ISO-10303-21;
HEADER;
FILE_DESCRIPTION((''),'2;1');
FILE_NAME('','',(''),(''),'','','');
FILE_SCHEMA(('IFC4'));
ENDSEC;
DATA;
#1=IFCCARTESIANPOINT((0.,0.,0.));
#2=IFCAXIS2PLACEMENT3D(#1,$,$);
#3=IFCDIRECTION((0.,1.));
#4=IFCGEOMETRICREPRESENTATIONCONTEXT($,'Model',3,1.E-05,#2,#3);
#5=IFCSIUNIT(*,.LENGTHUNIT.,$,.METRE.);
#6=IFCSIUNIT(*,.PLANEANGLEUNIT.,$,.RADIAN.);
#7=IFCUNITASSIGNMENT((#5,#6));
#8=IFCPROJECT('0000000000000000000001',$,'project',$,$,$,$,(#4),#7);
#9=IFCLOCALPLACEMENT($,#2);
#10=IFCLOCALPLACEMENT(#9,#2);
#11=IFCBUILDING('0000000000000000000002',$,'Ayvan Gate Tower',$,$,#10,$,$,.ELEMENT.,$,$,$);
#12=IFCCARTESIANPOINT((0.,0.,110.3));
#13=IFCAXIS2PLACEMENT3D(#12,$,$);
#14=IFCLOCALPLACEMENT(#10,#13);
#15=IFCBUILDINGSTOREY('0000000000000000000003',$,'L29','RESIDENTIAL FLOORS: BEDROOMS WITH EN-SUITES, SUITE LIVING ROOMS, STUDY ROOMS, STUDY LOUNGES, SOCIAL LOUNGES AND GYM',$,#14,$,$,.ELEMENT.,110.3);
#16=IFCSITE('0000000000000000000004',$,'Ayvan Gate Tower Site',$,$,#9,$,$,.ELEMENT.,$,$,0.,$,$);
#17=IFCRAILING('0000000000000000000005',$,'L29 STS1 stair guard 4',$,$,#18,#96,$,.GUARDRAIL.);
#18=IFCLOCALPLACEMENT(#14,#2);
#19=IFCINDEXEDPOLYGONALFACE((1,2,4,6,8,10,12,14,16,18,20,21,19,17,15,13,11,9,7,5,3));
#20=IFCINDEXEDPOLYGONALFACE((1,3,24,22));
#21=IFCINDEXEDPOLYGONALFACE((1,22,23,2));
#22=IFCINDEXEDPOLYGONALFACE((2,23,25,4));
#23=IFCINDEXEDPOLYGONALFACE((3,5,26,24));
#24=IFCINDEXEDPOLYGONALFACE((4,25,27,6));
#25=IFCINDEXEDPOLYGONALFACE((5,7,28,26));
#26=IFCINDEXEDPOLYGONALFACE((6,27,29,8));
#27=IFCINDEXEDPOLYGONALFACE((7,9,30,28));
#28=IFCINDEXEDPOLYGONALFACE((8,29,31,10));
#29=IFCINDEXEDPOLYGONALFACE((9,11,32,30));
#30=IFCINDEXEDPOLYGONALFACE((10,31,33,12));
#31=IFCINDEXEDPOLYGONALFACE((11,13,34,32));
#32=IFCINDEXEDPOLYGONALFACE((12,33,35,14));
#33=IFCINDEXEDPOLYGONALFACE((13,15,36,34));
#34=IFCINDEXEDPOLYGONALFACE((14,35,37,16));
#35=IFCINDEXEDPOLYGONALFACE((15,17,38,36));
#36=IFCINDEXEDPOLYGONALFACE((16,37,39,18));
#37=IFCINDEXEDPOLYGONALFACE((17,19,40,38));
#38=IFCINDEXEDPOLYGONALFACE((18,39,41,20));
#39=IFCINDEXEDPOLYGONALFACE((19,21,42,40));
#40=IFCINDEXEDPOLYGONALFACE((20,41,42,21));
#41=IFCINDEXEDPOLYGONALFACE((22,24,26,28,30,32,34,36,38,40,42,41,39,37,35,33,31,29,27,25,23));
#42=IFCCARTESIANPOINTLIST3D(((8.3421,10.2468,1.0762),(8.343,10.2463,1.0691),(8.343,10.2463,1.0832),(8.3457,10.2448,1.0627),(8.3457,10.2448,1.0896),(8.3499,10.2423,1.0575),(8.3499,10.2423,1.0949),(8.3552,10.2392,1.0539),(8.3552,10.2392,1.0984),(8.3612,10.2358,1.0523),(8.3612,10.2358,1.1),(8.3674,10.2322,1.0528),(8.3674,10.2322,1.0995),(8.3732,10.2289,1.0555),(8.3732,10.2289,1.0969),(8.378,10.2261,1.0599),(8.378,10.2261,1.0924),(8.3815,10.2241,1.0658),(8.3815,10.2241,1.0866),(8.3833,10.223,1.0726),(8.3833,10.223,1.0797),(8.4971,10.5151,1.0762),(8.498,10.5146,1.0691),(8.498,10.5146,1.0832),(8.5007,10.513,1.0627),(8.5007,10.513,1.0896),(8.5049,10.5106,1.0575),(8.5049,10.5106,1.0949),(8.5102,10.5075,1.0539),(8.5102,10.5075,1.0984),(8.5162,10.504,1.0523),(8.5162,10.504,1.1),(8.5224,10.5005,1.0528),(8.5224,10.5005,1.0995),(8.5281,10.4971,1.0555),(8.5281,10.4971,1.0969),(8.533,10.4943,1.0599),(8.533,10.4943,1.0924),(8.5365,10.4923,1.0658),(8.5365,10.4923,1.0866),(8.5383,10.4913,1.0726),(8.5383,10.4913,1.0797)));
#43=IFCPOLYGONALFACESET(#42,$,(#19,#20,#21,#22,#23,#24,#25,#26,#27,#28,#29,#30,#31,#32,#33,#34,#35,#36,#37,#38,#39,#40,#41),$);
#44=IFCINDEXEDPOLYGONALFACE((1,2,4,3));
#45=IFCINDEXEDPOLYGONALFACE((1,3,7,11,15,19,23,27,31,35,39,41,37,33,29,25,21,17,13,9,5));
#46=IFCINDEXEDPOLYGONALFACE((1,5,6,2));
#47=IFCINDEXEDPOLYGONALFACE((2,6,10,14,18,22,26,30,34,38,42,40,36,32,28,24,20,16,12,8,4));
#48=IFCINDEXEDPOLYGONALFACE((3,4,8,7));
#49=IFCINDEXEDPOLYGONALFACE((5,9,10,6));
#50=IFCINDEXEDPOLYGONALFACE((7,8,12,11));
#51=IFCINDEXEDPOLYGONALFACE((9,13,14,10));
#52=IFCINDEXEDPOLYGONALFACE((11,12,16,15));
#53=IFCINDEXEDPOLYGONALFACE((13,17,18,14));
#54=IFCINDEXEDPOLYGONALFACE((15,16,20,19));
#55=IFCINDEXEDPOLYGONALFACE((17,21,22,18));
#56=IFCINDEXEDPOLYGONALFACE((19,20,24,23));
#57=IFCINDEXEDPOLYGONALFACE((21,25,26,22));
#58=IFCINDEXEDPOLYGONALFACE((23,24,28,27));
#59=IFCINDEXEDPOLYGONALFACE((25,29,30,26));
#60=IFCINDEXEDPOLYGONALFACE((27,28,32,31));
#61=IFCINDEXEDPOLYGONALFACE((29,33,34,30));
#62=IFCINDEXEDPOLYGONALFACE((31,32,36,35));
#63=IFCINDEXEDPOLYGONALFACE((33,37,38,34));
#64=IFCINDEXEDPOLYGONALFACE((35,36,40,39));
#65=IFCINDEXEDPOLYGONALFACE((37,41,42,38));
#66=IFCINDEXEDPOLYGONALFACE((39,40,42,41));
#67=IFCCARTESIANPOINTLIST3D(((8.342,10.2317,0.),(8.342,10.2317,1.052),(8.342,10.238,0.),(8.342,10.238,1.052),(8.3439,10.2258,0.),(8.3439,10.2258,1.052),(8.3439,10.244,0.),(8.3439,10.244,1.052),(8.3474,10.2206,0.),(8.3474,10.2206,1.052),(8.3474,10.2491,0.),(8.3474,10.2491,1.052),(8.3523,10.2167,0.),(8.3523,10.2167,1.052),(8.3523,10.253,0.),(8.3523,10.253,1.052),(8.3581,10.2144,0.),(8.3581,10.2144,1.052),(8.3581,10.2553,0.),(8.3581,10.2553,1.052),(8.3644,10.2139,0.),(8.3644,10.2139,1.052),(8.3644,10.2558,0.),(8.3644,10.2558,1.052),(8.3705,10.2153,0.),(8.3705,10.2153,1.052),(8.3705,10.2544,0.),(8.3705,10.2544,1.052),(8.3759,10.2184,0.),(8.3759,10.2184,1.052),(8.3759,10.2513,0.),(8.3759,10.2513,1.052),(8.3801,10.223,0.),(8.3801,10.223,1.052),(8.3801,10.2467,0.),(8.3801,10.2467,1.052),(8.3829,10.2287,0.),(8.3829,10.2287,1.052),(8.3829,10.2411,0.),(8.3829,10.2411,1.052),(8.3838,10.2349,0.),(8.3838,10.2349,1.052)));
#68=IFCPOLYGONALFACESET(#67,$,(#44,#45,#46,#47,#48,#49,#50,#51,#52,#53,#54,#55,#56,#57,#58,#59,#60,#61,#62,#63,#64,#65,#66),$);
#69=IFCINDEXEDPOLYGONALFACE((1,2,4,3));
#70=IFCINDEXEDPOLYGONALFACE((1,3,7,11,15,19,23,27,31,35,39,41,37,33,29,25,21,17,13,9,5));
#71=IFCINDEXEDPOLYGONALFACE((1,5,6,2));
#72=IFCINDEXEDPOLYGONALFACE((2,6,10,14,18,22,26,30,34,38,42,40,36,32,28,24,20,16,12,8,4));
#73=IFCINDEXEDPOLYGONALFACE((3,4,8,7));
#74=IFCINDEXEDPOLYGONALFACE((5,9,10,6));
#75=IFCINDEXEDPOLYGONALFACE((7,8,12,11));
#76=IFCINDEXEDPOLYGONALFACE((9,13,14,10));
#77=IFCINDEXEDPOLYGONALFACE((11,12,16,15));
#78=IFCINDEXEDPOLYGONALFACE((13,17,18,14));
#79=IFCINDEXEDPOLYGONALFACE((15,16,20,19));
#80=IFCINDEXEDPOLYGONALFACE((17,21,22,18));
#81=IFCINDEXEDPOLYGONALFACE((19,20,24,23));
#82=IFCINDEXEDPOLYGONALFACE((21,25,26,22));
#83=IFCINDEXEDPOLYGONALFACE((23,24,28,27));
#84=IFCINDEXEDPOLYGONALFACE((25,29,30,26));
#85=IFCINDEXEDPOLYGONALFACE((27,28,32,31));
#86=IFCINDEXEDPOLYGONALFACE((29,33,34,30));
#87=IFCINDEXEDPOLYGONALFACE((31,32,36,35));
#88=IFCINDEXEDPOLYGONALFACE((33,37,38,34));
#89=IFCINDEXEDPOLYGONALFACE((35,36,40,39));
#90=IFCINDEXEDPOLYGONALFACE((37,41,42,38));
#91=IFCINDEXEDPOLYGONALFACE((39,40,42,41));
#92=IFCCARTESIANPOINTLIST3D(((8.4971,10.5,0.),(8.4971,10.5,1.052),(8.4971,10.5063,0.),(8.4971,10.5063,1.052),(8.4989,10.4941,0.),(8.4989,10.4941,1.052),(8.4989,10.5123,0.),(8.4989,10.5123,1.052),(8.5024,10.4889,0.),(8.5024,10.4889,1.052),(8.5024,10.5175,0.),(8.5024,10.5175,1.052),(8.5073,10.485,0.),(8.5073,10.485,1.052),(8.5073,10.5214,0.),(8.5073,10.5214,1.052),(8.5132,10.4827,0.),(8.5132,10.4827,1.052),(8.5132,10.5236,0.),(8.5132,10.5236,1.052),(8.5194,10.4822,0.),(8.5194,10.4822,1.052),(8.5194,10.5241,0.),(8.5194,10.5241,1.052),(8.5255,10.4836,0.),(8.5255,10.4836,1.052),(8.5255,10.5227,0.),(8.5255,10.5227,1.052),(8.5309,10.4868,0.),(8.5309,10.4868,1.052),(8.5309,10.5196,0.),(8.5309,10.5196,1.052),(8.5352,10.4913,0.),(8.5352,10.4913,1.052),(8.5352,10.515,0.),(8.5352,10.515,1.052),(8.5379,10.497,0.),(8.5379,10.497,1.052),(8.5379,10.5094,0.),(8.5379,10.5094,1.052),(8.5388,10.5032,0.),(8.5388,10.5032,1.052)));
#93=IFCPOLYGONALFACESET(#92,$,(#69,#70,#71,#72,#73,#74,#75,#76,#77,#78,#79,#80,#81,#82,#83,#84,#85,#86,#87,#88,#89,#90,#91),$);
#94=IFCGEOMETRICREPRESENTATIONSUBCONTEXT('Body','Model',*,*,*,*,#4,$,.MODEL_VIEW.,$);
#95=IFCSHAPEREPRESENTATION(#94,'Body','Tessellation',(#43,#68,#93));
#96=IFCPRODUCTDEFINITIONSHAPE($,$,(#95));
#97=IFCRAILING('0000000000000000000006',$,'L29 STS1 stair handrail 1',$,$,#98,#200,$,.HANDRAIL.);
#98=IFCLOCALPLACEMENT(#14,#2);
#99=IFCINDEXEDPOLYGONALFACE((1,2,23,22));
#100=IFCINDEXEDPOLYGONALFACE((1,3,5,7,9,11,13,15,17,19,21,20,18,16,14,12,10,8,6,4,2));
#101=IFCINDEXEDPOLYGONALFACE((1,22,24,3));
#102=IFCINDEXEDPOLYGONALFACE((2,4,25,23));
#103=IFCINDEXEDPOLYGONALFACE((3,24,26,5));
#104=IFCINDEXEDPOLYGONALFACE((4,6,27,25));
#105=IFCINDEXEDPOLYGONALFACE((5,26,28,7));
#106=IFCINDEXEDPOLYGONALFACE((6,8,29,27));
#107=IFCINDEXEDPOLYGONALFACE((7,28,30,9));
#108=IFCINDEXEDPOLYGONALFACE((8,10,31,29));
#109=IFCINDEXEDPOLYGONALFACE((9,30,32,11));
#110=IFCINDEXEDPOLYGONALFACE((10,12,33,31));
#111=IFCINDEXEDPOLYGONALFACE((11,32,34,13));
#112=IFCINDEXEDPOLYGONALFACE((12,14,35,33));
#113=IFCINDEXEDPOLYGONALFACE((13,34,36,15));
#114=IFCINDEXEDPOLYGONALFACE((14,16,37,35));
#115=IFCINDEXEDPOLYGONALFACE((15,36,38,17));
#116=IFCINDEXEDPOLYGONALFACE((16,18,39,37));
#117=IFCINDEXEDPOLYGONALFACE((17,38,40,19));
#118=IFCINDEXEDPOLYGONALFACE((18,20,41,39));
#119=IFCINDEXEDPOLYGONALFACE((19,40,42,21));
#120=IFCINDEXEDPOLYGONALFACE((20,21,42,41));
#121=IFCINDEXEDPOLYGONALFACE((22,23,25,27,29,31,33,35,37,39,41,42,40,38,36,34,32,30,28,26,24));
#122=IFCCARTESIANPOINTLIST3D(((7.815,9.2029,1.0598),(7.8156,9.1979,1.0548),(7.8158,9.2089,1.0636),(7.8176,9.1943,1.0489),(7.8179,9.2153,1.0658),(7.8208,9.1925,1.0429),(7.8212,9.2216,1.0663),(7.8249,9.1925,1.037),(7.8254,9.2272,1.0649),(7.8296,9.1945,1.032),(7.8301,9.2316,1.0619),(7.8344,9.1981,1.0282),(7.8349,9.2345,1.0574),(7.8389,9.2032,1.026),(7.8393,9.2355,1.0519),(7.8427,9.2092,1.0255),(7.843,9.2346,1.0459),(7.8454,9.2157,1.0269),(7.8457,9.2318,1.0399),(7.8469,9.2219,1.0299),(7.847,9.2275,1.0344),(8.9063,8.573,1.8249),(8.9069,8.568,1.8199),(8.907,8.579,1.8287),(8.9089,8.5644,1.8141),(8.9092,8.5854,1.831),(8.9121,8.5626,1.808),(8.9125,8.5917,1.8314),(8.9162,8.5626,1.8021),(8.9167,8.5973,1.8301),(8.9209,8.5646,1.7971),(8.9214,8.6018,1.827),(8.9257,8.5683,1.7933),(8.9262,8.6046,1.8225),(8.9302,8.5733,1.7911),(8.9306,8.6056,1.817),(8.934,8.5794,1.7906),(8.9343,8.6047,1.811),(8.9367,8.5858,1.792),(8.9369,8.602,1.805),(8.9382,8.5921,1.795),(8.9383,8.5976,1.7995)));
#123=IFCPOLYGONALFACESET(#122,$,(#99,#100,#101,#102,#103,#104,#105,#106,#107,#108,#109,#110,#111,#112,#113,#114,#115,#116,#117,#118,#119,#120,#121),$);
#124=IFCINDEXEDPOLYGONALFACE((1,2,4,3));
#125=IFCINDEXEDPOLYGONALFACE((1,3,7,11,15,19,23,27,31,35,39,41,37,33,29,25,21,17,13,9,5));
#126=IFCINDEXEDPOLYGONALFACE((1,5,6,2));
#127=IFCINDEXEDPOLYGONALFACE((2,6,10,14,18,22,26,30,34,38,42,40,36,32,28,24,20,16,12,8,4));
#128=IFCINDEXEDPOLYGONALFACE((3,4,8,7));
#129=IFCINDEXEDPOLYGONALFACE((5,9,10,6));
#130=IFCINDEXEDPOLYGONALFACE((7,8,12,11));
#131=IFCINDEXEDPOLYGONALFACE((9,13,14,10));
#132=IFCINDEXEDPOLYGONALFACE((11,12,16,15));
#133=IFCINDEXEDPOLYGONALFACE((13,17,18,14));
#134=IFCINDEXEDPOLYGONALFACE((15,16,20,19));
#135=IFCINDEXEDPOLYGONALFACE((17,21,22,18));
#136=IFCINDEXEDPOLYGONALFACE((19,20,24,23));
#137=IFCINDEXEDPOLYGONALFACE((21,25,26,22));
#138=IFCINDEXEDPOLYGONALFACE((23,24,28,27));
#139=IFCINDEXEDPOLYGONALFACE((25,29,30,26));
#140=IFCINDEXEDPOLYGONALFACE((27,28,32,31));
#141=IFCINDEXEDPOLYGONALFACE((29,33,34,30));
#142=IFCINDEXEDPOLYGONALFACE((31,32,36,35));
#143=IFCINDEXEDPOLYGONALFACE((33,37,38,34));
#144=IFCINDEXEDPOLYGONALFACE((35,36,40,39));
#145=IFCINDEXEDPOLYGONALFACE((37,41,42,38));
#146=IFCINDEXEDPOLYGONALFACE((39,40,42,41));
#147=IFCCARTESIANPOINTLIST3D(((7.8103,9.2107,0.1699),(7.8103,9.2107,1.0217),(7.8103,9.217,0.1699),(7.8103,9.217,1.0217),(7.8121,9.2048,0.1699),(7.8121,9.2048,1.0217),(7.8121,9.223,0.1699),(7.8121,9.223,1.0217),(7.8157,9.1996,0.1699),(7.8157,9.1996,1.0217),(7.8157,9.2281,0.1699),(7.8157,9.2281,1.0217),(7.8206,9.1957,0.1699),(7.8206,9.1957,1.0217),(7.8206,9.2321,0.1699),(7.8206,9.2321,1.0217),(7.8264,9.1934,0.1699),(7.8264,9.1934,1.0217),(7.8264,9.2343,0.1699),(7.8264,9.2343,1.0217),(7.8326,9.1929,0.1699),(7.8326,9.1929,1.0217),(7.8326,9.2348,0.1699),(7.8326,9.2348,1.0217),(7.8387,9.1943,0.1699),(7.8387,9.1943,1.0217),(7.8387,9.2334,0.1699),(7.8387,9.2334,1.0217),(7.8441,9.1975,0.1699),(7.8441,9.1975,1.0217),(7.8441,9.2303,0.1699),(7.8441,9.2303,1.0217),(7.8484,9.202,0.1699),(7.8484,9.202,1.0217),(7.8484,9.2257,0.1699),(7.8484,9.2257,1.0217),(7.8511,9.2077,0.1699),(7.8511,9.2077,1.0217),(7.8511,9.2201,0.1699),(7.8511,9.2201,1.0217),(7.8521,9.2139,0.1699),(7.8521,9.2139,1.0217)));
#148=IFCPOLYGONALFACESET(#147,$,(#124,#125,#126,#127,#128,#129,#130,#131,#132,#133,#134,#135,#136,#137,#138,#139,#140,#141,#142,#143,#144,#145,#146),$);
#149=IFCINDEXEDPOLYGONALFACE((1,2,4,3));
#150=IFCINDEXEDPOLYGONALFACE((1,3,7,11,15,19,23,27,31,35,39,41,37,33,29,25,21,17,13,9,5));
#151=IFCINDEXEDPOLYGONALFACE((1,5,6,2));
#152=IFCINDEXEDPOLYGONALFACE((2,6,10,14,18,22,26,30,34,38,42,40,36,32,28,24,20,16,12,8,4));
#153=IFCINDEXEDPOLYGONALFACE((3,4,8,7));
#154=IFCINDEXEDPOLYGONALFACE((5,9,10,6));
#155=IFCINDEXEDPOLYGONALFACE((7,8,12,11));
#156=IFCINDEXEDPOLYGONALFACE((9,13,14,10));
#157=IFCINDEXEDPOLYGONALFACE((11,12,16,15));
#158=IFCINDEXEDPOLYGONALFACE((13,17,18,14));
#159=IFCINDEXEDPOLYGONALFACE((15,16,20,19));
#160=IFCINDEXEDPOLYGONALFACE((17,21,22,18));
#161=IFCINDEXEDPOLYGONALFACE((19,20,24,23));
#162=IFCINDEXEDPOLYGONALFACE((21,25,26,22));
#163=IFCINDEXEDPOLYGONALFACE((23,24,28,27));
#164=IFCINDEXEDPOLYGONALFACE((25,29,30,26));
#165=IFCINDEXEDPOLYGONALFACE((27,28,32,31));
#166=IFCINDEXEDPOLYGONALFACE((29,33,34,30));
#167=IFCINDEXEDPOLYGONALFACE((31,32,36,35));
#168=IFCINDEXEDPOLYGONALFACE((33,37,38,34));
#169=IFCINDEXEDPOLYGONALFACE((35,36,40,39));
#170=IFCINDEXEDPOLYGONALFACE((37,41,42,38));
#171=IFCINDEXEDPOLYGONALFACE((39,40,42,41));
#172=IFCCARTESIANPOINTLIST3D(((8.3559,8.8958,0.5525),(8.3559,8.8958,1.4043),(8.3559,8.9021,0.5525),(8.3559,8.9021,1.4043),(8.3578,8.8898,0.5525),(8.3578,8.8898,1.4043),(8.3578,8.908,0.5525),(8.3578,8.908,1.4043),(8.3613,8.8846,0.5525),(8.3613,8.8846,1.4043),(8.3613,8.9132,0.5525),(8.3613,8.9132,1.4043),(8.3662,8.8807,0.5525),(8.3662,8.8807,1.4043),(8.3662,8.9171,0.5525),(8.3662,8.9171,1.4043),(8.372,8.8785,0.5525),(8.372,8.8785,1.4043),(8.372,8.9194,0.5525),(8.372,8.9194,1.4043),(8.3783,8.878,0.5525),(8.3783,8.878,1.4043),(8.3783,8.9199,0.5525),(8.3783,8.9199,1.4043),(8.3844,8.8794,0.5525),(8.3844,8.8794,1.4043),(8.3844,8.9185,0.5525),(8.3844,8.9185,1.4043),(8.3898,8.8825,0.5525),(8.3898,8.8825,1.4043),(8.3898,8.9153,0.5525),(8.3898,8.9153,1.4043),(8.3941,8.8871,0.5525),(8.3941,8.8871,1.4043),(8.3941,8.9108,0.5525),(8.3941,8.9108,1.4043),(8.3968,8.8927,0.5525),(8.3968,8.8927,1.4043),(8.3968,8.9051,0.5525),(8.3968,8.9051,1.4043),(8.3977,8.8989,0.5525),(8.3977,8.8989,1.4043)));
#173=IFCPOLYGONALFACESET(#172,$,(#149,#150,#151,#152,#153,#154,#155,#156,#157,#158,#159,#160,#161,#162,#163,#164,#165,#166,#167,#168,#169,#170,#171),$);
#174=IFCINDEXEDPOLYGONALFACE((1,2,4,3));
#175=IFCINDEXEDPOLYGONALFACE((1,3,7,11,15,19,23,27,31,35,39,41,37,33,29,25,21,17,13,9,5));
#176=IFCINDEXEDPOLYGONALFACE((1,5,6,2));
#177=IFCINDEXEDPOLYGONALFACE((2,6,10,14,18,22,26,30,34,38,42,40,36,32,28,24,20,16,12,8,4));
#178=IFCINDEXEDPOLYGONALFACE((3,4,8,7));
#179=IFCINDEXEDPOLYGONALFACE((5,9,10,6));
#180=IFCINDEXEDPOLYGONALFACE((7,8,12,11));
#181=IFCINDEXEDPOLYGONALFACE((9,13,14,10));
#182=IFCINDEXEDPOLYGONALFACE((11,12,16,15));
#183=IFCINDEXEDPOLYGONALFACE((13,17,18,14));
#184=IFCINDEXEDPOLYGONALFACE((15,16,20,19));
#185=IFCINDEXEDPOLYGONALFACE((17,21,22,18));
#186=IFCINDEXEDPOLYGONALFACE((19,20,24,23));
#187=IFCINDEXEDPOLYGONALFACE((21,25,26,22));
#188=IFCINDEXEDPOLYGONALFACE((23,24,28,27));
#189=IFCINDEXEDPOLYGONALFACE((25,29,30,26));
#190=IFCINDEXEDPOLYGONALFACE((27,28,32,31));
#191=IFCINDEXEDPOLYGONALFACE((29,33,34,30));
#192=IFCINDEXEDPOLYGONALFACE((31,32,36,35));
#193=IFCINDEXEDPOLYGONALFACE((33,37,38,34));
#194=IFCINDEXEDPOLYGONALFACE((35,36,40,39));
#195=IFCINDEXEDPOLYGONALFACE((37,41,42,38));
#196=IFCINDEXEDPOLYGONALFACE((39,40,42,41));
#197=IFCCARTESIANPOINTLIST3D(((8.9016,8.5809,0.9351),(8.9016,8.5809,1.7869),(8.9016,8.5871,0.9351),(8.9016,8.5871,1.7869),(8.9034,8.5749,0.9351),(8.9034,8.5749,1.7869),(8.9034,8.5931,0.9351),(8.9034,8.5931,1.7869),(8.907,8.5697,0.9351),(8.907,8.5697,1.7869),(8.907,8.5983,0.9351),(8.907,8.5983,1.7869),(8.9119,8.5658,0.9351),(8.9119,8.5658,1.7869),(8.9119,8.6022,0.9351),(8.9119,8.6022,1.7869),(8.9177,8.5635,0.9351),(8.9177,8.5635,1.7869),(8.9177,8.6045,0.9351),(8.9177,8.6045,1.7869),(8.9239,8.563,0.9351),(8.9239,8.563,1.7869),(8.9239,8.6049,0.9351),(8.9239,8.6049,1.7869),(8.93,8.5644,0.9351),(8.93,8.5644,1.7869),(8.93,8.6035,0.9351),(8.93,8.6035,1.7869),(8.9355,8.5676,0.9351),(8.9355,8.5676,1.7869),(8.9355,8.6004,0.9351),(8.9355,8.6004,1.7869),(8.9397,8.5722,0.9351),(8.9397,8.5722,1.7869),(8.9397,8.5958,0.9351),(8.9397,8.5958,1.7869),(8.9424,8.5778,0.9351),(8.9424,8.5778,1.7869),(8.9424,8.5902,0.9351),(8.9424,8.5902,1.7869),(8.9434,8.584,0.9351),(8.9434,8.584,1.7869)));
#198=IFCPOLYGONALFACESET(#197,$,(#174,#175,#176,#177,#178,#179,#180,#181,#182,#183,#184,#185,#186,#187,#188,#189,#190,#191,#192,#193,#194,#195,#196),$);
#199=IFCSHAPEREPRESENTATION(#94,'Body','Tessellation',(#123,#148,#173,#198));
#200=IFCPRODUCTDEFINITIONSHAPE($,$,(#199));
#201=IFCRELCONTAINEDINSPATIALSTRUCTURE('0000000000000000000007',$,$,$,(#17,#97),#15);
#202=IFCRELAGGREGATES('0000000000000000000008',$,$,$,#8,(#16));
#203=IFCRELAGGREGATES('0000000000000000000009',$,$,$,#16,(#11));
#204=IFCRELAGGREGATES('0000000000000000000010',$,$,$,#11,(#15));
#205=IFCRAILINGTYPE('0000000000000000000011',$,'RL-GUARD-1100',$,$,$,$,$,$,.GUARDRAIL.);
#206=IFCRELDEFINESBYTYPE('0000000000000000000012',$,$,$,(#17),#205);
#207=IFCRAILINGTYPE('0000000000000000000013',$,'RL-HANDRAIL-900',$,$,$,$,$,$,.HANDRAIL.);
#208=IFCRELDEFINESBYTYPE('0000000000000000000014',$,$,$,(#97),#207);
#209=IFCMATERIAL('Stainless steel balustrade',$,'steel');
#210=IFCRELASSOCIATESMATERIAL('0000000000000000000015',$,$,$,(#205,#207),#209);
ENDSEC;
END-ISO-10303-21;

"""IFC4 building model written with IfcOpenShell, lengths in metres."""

from ifc_helpers import new_model, si_unit, direction, frame, origin, origin_2d, place, context, subcontext, project, spatial, circle, extrude, material, type_object, element, save


model = new_model("IFC4")

# Units and contexts
model_context = context("Model", 3, precision=1e-05, world=origin(), true_north=direction((0.0, 1.0)))
body_context = subcontext(model_context, "Body", "Model", "MODEL_VIEW")
ifc_project = project(units=[si_unit("LENGTHUNIT", "METRE"), si_unit("PLANEANGLEUNIT", "RADIAN")], contexts=[model_context])

# Site, building, storey
site_placement = place(None, origin())
site = spatial("IfcSite", under=ifc_project, at=site_placement, Name="Ayvan Gate Tower Site", CompositionType="ELEMENT", RefElevation=0.0)
building_placement = place(site_placement, origin())
building = spatial("IfcBuilding", under=site, at=building_placement, Name="Ayvan Gate Tower", CompositionType="ELEMENT")
storey_placement = place(building_placement, frame((0.0, 0.0, 110.3)))
storey = spatial("IfcBuildingStorey", under=building, at=storey_placement, Name="L29", Description="RESIDENTIAL FLOORS: BEDROOMS WITH EN-SUITES, SUITE LIVING ROOMS, STUDY ROOMS, STUDY LOUNGES, SOCIAL LOUNGES AND GYM", CompositionType="ELEMENT", Elevation=110.3)

# Railings
ifc_material_1 = material(Name="Stainless steel balustrade", Category="steel")
railing_type_1 = type_object("IfcRailingType", Name="RL-GUARD-1100", PredefinedType="GUARDRAIL", material=ifc_material_1)
railing_1_placement = place(storey_placement, frame((8.3628, 10.2349, 0.0)))
element("IfcRailing", 1, at=railing_1_placement, inside=storey, type_object=railing_type_1, Name="L29 STS1 stair guard 4", PredefinedType="GUARDRAIL", context=body_context, shape_type="SweptSolid", body=[
    extrude(circle(Radius=0.0239, at=origin_2d()), frame((0.0, 0.0, 1.0762), z_axis=(0.500291, 0.865857, 0.0), x_axis=(-0.865857, 0.500291, 0.0)), (0.0, 0.0, 1.0), 0.3098),
    extrude(circle(Radius=0.021, at=origin_2d()), origin(), (0.0, 0.0, 1.0), 1.052),
    extrude(circle(Radius=0.021, at=origin_2d()), frame((0.155, 0.2683, 0.0)), (0.0, 0.0, 1.0), 1.052),
])
railing_type_2 = type_object("IfcRailingType", Name="RL-HANDRAIL-900", PredefinedType="HANDRAIL", material=ifc_material_1)
railing_2_placement = place(storey_placement, frame((7.8311, 9.2139, 0.1699)))
element("IfcRailing", 2, at=railing_2_placement, inside=storey, type_object=railing_type_2, Name="L29 STS1 stair handrail 1", PredefinedType="HANDRAIL", context=body_context, shape_type="SweptSolid", body=[
    extrude(circle(Radius=0.0239, at=origin_2d()), frame((0.0, 0.0, 0.876), z_axis=(0.740293, -0.427283, 0.519033), x_axis=(0.49989, 0.866089, 0.0)), (0.0, 0.0, 1.0), 1.4741),
    extrude(circle(Radius=0.021, at=origin_2d()), origin(), (0.0, 0.0, 1.0), 0.8518),
    extrude(circle(Radius=0.021, at=origin_2d()), frame((0.5457, -0.3149, 0.3826)), (0.0, 0.0, 1.0), 0.8518),
    extrude(circle(Radius=0.021, at=origin_2d()), frame((1.0913, -0.6299, 0.7651)), (0.0, 0.0, 1.0), 0.8518),
])

save(model, "model.ifc")
